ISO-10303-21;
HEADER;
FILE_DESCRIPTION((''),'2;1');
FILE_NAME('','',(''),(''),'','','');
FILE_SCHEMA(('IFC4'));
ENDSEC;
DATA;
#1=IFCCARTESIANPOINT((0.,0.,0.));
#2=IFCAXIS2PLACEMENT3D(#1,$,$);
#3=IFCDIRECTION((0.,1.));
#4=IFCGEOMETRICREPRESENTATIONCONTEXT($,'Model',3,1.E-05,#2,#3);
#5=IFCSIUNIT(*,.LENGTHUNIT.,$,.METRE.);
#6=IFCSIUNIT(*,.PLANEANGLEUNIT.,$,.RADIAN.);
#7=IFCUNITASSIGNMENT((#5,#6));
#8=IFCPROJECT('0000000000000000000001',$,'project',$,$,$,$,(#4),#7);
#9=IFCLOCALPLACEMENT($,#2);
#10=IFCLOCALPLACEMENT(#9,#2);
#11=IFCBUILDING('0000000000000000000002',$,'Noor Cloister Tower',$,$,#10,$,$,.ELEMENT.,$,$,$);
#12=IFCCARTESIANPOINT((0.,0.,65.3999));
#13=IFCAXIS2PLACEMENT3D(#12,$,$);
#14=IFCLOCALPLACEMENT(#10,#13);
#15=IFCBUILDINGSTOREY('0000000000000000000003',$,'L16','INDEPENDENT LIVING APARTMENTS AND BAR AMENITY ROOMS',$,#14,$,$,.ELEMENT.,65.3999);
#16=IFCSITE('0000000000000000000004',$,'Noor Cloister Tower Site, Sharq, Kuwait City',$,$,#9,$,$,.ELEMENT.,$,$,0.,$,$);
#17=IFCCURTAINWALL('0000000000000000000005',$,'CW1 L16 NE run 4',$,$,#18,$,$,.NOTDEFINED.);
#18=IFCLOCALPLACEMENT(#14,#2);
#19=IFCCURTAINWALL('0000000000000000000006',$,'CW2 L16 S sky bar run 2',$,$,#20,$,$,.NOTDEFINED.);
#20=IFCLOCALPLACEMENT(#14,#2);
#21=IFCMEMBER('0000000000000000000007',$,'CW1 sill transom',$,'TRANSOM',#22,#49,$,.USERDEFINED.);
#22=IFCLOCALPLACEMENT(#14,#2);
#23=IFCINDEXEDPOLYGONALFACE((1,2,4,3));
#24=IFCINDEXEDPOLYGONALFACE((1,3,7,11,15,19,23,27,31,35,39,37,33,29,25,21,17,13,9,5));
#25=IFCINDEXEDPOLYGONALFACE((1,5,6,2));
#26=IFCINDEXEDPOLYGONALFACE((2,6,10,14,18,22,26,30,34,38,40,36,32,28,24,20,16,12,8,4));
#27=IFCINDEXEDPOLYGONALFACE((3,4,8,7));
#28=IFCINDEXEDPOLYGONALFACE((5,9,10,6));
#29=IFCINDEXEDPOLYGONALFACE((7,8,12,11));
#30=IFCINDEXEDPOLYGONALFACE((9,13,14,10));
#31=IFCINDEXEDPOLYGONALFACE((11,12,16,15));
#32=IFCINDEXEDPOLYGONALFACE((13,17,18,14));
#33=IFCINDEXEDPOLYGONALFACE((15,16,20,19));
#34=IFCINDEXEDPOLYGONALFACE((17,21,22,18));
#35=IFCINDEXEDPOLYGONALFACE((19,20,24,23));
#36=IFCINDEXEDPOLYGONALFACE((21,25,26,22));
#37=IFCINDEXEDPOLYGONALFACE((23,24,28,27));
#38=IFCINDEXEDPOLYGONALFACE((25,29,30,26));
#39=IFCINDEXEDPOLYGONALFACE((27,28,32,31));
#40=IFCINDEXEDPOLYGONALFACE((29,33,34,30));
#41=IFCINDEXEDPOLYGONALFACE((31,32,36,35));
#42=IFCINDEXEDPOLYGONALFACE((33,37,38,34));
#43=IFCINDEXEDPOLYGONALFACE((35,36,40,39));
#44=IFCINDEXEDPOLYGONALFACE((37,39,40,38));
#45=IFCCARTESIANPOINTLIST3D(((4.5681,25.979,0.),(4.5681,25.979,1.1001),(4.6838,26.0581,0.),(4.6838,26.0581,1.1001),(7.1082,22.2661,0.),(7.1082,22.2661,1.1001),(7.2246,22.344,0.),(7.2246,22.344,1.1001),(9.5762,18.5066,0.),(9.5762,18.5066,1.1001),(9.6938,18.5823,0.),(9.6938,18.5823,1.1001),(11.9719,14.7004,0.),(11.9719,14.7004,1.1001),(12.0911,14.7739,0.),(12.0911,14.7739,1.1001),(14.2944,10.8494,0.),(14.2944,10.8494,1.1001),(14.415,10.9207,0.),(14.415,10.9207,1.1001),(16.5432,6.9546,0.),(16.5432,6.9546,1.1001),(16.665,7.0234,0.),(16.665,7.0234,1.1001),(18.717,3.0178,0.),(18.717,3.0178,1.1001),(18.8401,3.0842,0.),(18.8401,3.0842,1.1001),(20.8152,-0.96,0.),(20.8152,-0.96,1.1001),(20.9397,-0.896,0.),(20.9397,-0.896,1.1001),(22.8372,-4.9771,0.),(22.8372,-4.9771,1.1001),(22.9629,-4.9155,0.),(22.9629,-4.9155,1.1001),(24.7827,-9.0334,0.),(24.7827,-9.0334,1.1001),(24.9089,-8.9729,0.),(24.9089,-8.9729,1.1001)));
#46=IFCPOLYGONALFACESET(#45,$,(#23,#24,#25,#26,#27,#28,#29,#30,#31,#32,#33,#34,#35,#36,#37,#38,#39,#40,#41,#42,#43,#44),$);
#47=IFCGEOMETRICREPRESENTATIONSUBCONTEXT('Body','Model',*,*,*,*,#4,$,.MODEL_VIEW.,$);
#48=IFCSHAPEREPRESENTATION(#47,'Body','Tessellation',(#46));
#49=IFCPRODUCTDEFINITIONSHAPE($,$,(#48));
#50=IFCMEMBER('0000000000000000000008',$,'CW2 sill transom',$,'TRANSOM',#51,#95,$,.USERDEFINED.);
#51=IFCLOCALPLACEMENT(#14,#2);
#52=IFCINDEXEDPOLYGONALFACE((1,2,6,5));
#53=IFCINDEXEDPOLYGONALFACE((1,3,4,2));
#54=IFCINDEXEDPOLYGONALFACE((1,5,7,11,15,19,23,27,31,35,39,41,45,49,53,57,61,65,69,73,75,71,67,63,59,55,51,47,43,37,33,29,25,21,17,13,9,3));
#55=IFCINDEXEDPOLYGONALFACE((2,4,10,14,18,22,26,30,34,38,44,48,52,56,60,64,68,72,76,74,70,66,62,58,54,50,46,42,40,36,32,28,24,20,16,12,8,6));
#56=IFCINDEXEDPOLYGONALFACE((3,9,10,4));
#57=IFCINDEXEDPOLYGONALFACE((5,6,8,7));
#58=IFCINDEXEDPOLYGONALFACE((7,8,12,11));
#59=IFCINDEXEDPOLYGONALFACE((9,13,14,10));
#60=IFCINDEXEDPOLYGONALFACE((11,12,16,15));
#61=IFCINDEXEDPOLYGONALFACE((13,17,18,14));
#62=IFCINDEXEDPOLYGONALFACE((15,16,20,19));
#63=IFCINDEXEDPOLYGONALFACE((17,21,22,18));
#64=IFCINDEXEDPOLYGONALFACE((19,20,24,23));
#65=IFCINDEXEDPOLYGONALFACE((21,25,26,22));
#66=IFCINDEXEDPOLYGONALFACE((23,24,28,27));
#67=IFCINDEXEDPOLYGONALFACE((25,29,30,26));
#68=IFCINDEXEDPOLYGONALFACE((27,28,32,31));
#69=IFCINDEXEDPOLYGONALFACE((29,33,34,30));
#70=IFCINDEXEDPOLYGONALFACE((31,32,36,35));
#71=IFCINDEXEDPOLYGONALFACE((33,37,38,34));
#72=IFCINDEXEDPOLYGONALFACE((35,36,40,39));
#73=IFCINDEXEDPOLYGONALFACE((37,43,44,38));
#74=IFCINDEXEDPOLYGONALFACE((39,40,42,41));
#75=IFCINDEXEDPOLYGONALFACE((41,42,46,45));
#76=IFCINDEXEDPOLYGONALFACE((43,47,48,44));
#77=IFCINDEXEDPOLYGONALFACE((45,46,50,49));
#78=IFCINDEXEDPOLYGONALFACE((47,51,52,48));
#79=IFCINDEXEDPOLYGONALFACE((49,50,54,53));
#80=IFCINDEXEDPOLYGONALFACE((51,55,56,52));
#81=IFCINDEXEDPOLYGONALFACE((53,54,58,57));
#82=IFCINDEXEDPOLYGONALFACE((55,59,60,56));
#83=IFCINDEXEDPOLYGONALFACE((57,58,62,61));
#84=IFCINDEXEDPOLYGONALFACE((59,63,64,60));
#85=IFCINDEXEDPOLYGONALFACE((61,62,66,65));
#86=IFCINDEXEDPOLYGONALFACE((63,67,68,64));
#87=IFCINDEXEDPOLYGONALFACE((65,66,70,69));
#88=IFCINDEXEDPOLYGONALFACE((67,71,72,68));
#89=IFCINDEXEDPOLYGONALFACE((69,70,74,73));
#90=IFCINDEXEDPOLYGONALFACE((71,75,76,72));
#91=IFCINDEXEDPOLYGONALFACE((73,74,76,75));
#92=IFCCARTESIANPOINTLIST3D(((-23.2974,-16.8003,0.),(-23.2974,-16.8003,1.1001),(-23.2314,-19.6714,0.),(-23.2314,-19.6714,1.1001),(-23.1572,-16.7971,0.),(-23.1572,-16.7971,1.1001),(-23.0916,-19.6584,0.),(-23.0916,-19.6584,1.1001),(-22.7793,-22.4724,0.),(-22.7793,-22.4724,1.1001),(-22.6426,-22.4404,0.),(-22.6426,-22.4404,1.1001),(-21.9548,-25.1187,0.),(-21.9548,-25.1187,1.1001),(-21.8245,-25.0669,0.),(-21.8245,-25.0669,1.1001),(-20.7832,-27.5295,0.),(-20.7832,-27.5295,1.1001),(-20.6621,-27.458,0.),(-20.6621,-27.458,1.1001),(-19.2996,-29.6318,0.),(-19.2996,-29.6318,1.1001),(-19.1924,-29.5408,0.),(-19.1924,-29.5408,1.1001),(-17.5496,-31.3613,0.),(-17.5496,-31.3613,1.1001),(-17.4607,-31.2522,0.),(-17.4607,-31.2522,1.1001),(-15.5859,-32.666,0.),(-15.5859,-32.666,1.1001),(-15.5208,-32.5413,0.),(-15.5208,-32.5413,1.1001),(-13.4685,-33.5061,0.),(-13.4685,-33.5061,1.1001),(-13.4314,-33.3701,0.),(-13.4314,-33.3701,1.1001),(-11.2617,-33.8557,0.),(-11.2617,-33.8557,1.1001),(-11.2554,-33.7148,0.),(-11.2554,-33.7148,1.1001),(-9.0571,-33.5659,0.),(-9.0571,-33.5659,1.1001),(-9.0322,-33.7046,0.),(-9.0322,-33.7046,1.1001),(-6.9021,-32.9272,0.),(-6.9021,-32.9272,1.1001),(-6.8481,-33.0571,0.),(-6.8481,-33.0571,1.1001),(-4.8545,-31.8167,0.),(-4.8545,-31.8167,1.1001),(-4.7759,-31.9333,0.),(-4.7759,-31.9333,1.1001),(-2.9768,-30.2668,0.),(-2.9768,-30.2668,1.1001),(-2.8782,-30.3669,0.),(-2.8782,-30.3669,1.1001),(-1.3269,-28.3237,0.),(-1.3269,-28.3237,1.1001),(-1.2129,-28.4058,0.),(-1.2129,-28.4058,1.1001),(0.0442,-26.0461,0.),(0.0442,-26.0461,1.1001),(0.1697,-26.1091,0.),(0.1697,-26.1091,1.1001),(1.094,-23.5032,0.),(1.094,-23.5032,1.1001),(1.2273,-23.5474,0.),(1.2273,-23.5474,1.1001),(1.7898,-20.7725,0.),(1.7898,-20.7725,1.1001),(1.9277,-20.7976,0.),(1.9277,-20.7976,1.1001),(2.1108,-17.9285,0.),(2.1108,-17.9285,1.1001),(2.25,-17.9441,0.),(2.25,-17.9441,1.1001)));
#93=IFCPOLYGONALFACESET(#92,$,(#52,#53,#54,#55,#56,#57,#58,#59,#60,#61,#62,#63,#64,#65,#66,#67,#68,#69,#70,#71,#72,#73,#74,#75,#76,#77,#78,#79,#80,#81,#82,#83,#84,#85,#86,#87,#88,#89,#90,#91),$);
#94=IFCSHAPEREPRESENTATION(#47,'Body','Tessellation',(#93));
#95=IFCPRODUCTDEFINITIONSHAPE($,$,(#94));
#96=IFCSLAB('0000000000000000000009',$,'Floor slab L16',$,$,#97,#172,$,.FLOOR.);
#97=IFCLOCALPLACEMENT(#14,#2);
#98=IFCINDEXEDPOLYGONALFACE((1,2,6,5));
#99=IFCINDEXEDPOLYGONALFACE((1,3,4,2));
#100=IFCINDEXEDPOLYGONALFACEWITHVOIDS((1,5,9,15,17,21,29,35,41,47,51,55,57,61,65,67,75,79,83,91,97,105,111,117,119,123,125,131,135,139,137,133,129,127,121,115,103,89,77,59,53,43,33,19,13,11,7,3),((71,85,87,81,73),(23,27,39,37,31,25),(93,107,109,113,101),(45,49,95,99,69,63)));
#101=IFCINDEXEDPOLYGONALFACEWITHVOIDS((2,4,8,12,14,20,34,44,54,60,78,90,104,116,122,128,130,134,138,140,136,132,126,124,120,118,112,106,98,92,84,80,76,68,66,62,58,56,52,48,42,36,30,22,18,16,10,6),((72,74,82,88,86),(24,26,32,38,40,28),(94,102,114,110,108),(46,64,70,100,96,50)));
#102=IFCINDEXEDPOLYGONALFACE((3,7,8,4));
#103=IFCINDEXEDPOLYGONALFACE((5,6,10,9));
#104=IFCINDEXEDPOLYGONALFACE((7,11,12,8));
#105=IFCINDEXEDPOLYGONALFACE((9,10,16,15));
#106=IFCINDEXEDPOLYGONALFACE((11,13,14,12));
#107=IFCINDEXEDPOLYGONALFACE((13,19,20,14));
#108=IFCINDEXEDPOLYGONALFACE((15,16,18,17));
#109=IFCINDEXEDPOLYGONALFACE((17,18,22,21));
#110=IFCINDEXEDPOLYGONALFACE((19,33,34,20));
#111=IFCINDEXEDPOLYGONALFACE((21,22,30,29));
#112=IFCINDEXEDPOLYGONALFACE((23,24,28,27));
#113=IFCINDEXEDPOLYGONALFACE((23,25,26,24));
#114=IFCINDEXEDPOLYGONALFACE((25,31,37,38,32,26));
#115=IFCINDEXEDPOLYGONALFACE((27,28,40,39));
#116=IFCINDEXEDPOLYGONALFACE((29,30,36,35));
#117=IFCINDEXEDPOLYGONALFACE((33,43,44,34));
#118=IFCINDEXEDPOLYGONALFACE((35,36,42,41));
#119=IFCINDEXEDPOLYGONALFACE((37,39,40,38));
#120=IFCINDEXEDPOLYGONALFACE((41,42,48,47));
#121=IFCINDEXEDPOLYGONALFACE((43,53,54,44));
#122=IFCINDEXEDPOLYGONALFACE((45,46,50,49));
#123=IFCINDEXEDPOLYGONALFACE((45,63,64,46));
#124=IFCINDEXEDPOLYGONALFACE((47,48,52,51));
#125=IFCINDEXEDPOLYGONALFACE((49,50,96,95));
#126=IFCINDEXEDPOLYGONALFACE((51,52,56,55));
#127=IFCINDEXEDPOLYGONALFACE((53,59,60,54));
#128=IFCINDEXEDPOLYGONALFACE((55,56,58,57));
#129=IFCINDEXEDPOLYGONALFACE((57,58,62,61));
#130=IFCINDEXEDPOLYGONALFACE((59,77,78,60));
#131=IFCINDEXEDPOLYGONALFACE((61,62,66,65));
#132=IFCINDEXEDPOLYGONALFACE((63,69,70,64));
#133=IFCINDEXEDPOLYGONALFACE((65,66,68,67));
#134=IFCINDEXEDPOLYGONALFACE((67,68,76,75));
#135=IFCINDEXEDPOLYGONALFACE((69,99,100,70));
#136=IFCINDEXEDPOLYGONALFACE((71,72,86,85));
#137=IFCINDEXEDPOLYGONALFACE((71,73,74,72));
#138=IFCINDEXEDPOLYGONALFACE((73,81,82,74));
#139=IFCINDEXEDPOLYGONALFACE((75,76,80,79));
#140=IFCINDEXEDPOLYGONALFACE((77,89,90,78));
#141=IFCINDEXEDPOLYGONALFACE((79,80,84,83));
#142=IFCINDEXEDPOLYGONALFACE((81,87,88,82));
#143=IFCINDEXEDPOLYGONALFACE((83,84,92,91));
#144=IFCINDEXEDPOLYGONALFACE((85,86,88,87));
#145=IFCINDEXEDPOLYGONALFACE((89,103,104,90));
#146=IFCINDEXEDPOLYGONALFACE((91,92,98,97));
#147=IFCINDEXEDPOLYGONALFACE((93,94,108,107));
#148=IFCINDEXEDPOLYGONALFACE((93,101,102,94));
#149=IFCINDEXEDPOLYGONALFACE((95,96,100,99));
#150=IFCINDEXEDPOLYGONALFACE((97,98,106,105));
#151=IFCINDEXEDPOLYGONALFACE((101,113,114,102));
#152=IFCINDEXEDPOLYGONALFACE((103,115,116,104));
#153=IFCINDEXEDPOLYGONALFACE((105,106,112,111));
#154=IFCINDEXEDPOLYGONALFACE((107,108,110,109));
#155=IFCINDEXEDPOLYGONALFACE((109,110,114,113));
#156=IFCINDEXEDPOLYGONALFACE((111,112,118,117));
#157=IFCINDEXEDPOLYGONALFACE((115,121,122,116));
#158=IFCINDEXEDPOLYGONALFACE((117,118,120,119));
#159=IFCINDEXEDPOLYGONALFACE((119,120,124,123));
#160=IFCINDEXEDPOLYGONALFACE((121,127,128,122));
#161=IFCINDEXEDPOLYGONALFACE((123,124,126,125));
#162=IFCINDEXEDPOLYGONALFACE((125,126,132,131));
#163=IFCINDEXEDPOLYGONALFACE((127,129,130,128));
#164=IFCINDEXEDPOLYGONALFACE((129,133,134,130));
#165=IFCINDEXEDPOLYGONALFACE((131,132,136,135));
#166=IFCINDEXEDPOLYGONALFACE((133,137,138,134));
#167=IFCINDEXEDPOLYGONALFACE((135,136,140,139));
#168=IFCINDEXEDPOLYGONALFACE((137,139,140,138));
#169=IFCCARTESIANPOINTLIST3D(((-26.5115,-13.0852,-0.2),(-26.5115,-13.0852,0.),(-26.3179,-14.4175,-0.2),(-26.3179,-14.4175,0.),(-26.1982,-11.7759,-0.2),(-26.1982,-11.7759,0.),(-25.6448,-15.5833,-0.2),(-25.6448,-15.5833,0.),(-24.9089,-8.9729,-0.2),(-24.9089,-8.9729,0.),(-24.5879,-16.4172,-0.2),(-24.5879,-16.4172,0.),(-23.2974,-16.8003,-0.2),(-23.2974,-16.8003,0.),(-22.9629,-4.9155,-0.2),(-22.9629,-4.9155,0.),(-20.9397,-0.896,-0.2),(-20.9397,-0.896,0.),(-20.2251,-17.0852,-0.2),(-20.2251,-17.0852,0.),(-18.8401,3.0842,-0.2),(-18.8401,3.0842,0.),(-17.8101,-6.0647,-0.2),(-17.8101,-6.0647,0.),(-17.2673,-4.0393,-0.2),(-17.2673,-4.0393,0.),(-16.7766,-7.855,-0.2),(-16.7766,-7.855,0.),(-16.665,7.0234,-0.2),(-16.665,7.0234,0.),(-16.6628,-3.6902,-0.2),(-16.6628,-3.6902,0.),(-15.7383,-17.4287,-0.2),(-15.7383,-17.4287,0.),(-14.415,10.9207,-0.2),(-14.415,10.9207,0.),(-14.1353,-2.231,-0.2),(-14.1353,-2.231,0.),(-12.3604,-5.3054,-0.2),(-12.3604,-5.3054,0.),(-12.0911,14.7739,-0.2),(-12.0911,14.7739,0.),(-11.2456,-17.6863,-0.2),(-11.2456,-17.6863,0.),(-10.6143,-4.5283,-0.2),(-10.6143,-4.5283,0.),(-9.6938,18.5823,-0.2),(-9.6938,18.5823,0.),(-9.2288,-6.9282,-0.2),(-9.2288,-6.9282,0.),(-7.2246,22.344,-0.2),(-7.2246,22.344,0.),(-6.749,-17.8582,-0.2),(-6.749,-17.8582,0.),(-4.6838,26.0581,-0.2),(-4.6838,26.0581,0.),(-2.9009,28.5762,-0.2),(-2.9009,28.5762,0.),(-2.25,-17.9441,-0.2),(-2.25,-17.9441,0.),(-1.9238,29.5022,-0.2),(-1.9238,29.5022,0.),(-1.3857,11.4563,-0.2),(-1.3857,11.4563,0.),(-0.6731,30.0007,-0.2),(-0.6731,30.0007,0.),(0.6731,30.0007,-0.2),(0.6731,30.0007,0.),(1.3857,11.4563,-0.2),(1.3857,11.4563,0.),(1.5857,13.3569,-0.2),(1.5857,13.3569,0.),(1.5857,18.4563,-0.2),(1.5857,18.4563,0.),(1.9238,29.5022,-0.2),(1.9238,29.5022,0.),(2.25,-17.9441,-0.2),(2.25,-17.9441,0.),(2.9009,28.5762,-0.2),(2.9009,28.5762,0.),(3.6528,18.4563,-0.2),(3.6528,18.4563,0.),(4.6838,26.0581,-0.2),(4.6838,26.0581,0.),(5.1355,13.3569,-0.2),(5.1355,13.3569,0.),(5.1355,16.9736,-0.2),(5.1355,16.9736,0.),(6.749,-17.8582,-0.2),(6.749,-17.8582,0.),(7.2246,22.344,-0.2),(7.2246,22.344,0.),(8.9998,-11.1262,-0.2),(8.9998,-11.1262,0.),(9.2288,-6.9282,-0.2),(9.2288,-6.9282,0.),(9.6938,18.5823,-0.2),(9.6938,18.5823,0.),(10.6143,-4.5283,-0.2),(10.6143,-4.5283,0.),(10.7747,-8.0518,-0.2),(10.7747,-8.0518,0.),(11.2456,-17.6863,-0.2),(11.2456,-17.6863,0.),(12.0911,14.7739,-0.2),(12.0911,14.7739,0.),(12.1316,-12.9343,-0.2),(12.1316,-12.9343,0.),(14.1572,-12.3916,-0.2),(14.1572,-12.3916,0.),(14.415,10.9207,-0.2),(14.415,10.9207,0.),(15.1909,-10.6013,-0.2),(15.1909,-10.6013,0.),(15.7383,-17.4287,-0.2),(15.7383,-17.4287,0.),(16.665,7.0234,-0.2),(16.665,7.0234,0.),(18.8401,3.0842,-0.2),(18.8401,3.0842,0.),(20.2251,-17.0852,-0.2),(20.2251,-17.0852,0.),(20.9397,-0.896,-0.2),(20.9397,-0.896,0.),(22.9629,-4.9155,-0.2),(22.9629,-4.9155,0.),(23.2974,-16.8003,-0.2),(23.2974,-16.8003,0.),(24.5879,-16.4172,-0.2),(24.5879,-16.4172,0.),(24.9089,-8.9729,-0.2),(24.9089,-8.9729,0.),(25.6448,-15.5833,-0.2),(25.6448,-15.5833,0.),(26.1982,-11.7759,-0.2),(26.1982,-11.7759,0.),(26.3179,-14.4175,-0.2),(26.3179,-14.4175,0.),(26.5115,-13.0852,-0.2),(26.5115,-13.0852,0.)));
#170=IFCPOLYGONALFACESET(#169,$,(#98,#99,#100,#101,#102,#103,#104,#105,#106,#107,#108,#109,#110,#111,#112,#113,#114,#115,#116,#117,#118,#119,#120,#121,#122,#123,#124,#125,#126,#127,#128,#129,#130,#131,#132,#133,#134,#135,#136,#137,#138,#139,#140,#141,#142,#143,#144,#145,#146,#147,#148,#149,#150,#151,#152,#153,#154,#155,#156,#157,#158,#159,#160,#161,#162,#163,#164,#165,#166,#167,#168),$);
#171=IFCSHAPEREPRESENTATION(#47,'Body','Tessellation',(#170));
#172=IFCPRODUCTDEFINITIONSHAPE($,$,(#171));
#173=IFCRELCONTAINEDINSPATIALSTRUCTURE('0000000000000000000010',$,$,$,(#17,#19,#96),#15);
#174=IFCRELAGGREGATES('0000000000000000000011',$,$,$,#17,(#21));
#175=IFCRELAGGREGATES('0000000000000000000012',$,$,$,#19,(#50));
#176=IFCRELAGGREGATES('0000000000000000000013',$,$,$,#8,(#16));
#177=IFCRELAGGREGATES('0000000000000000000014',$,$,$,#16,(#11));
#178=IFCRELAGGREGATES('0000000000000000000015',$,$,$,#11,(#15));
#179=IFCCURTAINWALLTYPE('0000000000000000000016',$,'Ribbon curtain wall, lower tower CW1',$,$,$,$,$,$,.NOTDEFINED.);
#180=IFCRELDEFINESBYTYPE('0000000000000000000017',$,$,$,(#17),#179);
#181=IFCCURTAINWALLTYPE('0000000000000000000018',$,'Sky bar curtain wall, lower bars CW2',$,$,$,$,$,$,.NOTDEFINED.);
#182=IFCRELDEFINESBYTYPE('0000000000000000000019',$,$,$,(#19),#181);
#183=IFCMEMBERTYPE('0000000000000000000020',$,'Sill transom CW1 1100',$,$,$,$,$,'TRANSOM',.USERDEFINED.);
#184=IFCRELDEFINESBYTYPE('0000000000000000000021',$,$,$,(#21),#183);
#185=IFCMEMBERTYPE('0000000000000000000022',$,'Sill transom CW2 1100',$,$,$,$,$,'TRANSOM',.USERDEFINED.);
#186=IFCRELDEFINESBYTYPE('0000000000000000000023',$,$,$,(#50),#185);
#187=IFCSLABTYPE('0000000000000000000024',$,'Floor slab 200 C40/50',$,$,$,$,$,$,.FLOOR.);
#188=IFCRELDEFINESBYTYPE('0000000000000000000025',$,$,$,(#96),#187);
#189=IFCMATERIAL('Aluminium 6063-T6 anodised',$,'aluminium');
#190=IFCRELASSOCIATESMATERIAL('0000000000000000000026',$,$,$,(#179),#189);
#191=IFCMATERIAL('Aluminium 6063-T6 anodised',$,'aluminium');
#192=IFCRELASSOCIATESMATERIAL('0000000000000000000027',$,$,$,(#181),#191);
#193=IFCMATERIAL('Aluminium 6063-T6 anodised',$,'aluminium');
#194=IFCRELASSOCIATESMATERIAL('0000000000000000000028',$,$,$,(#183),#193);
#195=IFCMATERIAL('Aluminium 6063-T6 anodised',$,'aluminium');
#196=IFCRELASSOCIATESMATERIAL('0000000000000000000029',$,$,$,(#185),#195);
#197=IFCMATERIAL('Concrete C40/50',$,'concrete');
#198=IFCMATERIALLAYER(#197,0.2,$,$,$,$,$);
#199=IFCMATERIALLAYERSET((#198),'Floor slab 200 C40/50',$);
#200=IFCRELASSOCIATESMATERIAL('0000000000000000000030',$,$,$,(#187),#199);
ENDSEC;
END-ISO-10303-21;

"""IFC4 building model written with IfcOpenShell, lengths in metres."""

from ifc_helpers import new_model, si_unit, direction, frame, origin, place, context, subcontext, project, spatial, polyline, outline, extrude, material, layer, layer_set, type_object, element, aggregate, save


model = new_model("IFC4")

# Units and contexts
model_context = context("Model", 3, precision=1e-05, world=origin(), true_north=direction((0.0, 1.0)))
body_context = subcontext(model_context, "Body", "Model", "MODEL_VIEW")
ifc_project = project(units=[si_unit("LENGTHUNIT", "METRE"), si_unit("PLANEANGLEUNIT", "RADIAN")], contexts=[model_context])

# Site, building, storey
site_placement = place(None, origin())
site = spatial("IfcSite", under=ifc_project, at=site_placement, Name="Noor Cloister Tower Site, Sharq, Kuwait City", CompositionType="ELEMENT", RefElevation=0.0)
building_placement = place(site_placement, origin())
building = spatial("IfcBuilding", under=site, at=building_placement, Name="Noor Cloister Tower", CompositionType="ELEMENT")
storey_placement = place(building_placement, frame((0.0, 0.0, 65.3999)))
storey = spatial("IfcBuildingStorey", under=building, at=storey_placement, Name="L16", Description="INDEPENDENT LIVING APARTMENTS AND BAR AMENITY ROOMS", CompositionType="ELEMENT", Elevation=65.3999)

# Curtain walls
ifc_material_1 = material(Name="Aluminium 6063-T6 anodised", Category="aluminium")
curtain_wall_type_1 = type_object("IfcCurtainWallType", Name="Ribbon curtain wall, lower tower CW1", PredefinedType="NOTDEFINED", material=ifc_material_1)
curtain_wall_1_placement = place(storey_placement, origin())
curtain_wall_1 = element("IfcCurtainWall", 1, at=curtain_wall_1_placement, inside=storey, type_object=curtain_wall_type_1, Name="CW1 L16 NE run 4", PredefinedType="NOTDEFINED")
ifc_material_2 = material(Name="Aluminium 6063-T6 anodised", Category="aluminium")
curtain_wall_type_2 = type_object("IfcCurtainWallType", Name="Sky bar curtain wall, lower bars CW2", PredefinedType="NOTDEFINED", material=ifc_material_2)
curtain_wall_2_placement = place(storey_placement, origin())
curtain_wall_2 = element("IfcCurtainWall", 2, at=curtain_wall_2_placement, inside=storey, type_object=curtain_wall_type_2, Name="CW2 L16 S sky bar run 2", PredefinedType="NOTDEFINED")

# Members
ifc_material_3 = material(Name="Aluminium 6063-T6 anodised", Category="aluminium")
member_type_1 = type_object("IfcMemberType", Name="Sill transom CW1 1100", ElementType="TRANSOM", PredefinedType="USERDEFINED", material=ifc_material_3)
member_1_placement = place(storey_placement, origin())
member_1 = element("IfcMember", 3, at=member_1_placement, type_object=member_type_1, Name="CW1 sill transom", ObjectType="TRANSOM", PredefinedType="USERDEFINED", context=body_context, shape_type="SweptSolid", body=[
    extrude(outline(polyline([(24.9089, -8.9729), (22.9629, -4.9155), (20.9397, -0.896), (18.8401, 3.0842), (16.665, 7.0234), (14.415, 10.9207), (12.0911, 14.7739), (9.6938, 18.5823), (7.2246, 22.344), (4.6838, 26.0581), (4.5681, 25.979), (7.1082, 22.2661), (9.5762, 18.5066), (11.9719, 14.7004), (14.2944, 10.8494), (16.5432, 6.9546), (18.717, 3.0178), (20.8152, -0.96), (22.8372, -4.9771), (24.7827, -9.0334), (24.9089, -8.9729)])), origin(), (0.0, 0.0, 1.0), 1.1001),
])
aggregate(curtain_wall_1, [member_1])
ifc_material_4 = material(Name="Aluminium 6063-T6 anodised", Category="aluminium")
member_type_2 = type_object("IfcMemberType", Name="Sill transom CW2 1100", ElementType="TRANSOM", PredefinedType="USERDEFINED", material=ifc_material_4)
member_2_placement = place(storey_placement, origin())
member_2 = element("IfcMember", 4, at=member_2_placement, type_object=member_type_2, Name="CW2 sill transom", ObjectType="TRANSOM", PredefinedType="USERDEFINED", context=body_context, shape_type="SweptSolid", body=[
    extrude(outline(polyline([(-23.2974, -16.8003), (-23.2314, -19.6714), (-22.7793, -22.4724), (-21.9548, -25.1187), (-20.7832, -27.5295), (-19.2996, -29.6318), (-17.5496, -31.3613), (-15.5859, -32.666), (-13.4685, -33.5061), (-11.2617, -33.8557), (-9.0322, -33.7046), (-6.8481, -33.0571), (-4.7759, -31.9333), (-2.8782, -30.3669), (-1.2129, -28.4058), (0.1697, -26.1091), (1.2273, -23.5474), (1.9277, -20.7976), (2.25, -17.9441), (2.1108, -17.9285), (1.7898, -20.7725), (1.094, -23.5032), (0.0442, -26.0461), (-1.3269, -28.3237), (-2.9768, -30.2668), (-4.8545, -31.8167), (-6.9021, -32.9272), (-9.0571, -33.5659), (-11.2554, -33.7148), (-13.4314, -33.3701), (-15.5208, -32.5413), (-17.4607, -31.2522), (-19.1924, -29.5408), (-20.6621, -27.458), (-21.8245, -25.0669), (-22.6426, -22.4404), (-23.0916, -19.6584), (-23.1572, -16.7971), (-23.2974, -16.8003)])), origin(), (0.0, 0.0, 1.0), 1.1001),
])
aggregate(curtain_wall_2, [member_2])

# Slab
ifc_material_5 = material(Name="Concrete C40/50", Category="concrete")
ifc_layer_1 = layer(ifc_material_5, 0.2)
ifc_layer_set_1 = layer_set([ifc_layer_1], Name="Floor slab 200 C40/50")
slab_type_1 = type_object("IfcSlabType", Name="Floor slab 200 C40/50", PredefinedType="FLOOR", material=ifc_layer_set_1)
slab_1_placement = place(storey_placement, frame((0.0, 0.0, -0.2)))
element("IfcSlab", 5, at=slab_1_placement, inside=storey, type_object=slab_type_1, Name="Floor slab L16", PredefinedType="FLOOR", context=body_context, shape_type="SweptSolid", body=[
    extrude(outline(polyline([(2.9009, 28.5762), (1.9238, 29.5022), (0.6731, 30.0007), (-0.6731, 30.0007), (-1.9238, 29.5022), (-2.9009, 28.5762), (-4.6838, 26.0581), (-7.2246, 22.344), (-9.6938, 18.5823), (-12.0911, 14.7739), (-14.415, 10.9207), (-16.665, 7.0234), (-18.8401, 3.0842), (-20.9397, -0.896), (-22.9629, -4.9155), (-24.9089, -8.9729), (-26.1982, -11.7759), (-26.5115, -13.0852), (-26.3179, -14.4175), (-25.6448, -15.5833), (-24.5879, -16.4172), (-23.2974, -16.8003), (-20.2251, -17.0852), (-15.7383, -17.4287), (-11.2456, -17.6863), (-6.749, -17.8582), (-2.25, -17.9441), (2.25, -17.9441), (6.749, -17.8582), (11.2456, -17.6863), (15.7383, -17.4287), (20.2251, -17.0852), (23.2974, -16.8003), (24.5879, -16.4172), (25.6448, -15.5833), (26.3179, -14.4175), (26.5115, -13.0852), (26.1982, -11.7759), (24.9089, -8.9729), (22.9629, -4.9155), (20.9397, -0.896), (18.8401, 3.0842), (16.665, 7.0234), (14.415, 10.9207), (12.0911, 14.7739), (9.6938, 18.5823), (7.2246, 22.344), (4.6838, 26.0581), (2.9009, 28.5762)]), holes=[polyline([(8.9998, -11.1262), (12.1316, -12.9343), (14.1572, -12.3916), (15.1909, -10.6013), (10.7747, -8.0518), (8.9998, -11.1262)]), polyline([(-17.8101, -6.0647), (-16.7766, -7.855), (-12.3604, -5.3054), (-14.1353, -2.231), (-16.6628, -3.6902), (-17.2673, -4.0393), (-17.8101, -6.0647)]), polyline([(-10.6143, -4.5283), (-9.2288, -6.9282), (9.2288, -6.9282), (10.6143, -4.5283), (1.3857, 11.4563), (-1.3857, 11.4563), (-10.6143, -4.5283)]), polyline([(3.6528, 18.4563), (1.5857, 18.4563), (1.5857, 13.3569), (5.1355, 13.3569), (5.1355, 16.9736), (3.6528, 18.4563)])]), origin(), (0.0, 0.0, 1.0), 0.2),
])

save(model, "model.ifc")
